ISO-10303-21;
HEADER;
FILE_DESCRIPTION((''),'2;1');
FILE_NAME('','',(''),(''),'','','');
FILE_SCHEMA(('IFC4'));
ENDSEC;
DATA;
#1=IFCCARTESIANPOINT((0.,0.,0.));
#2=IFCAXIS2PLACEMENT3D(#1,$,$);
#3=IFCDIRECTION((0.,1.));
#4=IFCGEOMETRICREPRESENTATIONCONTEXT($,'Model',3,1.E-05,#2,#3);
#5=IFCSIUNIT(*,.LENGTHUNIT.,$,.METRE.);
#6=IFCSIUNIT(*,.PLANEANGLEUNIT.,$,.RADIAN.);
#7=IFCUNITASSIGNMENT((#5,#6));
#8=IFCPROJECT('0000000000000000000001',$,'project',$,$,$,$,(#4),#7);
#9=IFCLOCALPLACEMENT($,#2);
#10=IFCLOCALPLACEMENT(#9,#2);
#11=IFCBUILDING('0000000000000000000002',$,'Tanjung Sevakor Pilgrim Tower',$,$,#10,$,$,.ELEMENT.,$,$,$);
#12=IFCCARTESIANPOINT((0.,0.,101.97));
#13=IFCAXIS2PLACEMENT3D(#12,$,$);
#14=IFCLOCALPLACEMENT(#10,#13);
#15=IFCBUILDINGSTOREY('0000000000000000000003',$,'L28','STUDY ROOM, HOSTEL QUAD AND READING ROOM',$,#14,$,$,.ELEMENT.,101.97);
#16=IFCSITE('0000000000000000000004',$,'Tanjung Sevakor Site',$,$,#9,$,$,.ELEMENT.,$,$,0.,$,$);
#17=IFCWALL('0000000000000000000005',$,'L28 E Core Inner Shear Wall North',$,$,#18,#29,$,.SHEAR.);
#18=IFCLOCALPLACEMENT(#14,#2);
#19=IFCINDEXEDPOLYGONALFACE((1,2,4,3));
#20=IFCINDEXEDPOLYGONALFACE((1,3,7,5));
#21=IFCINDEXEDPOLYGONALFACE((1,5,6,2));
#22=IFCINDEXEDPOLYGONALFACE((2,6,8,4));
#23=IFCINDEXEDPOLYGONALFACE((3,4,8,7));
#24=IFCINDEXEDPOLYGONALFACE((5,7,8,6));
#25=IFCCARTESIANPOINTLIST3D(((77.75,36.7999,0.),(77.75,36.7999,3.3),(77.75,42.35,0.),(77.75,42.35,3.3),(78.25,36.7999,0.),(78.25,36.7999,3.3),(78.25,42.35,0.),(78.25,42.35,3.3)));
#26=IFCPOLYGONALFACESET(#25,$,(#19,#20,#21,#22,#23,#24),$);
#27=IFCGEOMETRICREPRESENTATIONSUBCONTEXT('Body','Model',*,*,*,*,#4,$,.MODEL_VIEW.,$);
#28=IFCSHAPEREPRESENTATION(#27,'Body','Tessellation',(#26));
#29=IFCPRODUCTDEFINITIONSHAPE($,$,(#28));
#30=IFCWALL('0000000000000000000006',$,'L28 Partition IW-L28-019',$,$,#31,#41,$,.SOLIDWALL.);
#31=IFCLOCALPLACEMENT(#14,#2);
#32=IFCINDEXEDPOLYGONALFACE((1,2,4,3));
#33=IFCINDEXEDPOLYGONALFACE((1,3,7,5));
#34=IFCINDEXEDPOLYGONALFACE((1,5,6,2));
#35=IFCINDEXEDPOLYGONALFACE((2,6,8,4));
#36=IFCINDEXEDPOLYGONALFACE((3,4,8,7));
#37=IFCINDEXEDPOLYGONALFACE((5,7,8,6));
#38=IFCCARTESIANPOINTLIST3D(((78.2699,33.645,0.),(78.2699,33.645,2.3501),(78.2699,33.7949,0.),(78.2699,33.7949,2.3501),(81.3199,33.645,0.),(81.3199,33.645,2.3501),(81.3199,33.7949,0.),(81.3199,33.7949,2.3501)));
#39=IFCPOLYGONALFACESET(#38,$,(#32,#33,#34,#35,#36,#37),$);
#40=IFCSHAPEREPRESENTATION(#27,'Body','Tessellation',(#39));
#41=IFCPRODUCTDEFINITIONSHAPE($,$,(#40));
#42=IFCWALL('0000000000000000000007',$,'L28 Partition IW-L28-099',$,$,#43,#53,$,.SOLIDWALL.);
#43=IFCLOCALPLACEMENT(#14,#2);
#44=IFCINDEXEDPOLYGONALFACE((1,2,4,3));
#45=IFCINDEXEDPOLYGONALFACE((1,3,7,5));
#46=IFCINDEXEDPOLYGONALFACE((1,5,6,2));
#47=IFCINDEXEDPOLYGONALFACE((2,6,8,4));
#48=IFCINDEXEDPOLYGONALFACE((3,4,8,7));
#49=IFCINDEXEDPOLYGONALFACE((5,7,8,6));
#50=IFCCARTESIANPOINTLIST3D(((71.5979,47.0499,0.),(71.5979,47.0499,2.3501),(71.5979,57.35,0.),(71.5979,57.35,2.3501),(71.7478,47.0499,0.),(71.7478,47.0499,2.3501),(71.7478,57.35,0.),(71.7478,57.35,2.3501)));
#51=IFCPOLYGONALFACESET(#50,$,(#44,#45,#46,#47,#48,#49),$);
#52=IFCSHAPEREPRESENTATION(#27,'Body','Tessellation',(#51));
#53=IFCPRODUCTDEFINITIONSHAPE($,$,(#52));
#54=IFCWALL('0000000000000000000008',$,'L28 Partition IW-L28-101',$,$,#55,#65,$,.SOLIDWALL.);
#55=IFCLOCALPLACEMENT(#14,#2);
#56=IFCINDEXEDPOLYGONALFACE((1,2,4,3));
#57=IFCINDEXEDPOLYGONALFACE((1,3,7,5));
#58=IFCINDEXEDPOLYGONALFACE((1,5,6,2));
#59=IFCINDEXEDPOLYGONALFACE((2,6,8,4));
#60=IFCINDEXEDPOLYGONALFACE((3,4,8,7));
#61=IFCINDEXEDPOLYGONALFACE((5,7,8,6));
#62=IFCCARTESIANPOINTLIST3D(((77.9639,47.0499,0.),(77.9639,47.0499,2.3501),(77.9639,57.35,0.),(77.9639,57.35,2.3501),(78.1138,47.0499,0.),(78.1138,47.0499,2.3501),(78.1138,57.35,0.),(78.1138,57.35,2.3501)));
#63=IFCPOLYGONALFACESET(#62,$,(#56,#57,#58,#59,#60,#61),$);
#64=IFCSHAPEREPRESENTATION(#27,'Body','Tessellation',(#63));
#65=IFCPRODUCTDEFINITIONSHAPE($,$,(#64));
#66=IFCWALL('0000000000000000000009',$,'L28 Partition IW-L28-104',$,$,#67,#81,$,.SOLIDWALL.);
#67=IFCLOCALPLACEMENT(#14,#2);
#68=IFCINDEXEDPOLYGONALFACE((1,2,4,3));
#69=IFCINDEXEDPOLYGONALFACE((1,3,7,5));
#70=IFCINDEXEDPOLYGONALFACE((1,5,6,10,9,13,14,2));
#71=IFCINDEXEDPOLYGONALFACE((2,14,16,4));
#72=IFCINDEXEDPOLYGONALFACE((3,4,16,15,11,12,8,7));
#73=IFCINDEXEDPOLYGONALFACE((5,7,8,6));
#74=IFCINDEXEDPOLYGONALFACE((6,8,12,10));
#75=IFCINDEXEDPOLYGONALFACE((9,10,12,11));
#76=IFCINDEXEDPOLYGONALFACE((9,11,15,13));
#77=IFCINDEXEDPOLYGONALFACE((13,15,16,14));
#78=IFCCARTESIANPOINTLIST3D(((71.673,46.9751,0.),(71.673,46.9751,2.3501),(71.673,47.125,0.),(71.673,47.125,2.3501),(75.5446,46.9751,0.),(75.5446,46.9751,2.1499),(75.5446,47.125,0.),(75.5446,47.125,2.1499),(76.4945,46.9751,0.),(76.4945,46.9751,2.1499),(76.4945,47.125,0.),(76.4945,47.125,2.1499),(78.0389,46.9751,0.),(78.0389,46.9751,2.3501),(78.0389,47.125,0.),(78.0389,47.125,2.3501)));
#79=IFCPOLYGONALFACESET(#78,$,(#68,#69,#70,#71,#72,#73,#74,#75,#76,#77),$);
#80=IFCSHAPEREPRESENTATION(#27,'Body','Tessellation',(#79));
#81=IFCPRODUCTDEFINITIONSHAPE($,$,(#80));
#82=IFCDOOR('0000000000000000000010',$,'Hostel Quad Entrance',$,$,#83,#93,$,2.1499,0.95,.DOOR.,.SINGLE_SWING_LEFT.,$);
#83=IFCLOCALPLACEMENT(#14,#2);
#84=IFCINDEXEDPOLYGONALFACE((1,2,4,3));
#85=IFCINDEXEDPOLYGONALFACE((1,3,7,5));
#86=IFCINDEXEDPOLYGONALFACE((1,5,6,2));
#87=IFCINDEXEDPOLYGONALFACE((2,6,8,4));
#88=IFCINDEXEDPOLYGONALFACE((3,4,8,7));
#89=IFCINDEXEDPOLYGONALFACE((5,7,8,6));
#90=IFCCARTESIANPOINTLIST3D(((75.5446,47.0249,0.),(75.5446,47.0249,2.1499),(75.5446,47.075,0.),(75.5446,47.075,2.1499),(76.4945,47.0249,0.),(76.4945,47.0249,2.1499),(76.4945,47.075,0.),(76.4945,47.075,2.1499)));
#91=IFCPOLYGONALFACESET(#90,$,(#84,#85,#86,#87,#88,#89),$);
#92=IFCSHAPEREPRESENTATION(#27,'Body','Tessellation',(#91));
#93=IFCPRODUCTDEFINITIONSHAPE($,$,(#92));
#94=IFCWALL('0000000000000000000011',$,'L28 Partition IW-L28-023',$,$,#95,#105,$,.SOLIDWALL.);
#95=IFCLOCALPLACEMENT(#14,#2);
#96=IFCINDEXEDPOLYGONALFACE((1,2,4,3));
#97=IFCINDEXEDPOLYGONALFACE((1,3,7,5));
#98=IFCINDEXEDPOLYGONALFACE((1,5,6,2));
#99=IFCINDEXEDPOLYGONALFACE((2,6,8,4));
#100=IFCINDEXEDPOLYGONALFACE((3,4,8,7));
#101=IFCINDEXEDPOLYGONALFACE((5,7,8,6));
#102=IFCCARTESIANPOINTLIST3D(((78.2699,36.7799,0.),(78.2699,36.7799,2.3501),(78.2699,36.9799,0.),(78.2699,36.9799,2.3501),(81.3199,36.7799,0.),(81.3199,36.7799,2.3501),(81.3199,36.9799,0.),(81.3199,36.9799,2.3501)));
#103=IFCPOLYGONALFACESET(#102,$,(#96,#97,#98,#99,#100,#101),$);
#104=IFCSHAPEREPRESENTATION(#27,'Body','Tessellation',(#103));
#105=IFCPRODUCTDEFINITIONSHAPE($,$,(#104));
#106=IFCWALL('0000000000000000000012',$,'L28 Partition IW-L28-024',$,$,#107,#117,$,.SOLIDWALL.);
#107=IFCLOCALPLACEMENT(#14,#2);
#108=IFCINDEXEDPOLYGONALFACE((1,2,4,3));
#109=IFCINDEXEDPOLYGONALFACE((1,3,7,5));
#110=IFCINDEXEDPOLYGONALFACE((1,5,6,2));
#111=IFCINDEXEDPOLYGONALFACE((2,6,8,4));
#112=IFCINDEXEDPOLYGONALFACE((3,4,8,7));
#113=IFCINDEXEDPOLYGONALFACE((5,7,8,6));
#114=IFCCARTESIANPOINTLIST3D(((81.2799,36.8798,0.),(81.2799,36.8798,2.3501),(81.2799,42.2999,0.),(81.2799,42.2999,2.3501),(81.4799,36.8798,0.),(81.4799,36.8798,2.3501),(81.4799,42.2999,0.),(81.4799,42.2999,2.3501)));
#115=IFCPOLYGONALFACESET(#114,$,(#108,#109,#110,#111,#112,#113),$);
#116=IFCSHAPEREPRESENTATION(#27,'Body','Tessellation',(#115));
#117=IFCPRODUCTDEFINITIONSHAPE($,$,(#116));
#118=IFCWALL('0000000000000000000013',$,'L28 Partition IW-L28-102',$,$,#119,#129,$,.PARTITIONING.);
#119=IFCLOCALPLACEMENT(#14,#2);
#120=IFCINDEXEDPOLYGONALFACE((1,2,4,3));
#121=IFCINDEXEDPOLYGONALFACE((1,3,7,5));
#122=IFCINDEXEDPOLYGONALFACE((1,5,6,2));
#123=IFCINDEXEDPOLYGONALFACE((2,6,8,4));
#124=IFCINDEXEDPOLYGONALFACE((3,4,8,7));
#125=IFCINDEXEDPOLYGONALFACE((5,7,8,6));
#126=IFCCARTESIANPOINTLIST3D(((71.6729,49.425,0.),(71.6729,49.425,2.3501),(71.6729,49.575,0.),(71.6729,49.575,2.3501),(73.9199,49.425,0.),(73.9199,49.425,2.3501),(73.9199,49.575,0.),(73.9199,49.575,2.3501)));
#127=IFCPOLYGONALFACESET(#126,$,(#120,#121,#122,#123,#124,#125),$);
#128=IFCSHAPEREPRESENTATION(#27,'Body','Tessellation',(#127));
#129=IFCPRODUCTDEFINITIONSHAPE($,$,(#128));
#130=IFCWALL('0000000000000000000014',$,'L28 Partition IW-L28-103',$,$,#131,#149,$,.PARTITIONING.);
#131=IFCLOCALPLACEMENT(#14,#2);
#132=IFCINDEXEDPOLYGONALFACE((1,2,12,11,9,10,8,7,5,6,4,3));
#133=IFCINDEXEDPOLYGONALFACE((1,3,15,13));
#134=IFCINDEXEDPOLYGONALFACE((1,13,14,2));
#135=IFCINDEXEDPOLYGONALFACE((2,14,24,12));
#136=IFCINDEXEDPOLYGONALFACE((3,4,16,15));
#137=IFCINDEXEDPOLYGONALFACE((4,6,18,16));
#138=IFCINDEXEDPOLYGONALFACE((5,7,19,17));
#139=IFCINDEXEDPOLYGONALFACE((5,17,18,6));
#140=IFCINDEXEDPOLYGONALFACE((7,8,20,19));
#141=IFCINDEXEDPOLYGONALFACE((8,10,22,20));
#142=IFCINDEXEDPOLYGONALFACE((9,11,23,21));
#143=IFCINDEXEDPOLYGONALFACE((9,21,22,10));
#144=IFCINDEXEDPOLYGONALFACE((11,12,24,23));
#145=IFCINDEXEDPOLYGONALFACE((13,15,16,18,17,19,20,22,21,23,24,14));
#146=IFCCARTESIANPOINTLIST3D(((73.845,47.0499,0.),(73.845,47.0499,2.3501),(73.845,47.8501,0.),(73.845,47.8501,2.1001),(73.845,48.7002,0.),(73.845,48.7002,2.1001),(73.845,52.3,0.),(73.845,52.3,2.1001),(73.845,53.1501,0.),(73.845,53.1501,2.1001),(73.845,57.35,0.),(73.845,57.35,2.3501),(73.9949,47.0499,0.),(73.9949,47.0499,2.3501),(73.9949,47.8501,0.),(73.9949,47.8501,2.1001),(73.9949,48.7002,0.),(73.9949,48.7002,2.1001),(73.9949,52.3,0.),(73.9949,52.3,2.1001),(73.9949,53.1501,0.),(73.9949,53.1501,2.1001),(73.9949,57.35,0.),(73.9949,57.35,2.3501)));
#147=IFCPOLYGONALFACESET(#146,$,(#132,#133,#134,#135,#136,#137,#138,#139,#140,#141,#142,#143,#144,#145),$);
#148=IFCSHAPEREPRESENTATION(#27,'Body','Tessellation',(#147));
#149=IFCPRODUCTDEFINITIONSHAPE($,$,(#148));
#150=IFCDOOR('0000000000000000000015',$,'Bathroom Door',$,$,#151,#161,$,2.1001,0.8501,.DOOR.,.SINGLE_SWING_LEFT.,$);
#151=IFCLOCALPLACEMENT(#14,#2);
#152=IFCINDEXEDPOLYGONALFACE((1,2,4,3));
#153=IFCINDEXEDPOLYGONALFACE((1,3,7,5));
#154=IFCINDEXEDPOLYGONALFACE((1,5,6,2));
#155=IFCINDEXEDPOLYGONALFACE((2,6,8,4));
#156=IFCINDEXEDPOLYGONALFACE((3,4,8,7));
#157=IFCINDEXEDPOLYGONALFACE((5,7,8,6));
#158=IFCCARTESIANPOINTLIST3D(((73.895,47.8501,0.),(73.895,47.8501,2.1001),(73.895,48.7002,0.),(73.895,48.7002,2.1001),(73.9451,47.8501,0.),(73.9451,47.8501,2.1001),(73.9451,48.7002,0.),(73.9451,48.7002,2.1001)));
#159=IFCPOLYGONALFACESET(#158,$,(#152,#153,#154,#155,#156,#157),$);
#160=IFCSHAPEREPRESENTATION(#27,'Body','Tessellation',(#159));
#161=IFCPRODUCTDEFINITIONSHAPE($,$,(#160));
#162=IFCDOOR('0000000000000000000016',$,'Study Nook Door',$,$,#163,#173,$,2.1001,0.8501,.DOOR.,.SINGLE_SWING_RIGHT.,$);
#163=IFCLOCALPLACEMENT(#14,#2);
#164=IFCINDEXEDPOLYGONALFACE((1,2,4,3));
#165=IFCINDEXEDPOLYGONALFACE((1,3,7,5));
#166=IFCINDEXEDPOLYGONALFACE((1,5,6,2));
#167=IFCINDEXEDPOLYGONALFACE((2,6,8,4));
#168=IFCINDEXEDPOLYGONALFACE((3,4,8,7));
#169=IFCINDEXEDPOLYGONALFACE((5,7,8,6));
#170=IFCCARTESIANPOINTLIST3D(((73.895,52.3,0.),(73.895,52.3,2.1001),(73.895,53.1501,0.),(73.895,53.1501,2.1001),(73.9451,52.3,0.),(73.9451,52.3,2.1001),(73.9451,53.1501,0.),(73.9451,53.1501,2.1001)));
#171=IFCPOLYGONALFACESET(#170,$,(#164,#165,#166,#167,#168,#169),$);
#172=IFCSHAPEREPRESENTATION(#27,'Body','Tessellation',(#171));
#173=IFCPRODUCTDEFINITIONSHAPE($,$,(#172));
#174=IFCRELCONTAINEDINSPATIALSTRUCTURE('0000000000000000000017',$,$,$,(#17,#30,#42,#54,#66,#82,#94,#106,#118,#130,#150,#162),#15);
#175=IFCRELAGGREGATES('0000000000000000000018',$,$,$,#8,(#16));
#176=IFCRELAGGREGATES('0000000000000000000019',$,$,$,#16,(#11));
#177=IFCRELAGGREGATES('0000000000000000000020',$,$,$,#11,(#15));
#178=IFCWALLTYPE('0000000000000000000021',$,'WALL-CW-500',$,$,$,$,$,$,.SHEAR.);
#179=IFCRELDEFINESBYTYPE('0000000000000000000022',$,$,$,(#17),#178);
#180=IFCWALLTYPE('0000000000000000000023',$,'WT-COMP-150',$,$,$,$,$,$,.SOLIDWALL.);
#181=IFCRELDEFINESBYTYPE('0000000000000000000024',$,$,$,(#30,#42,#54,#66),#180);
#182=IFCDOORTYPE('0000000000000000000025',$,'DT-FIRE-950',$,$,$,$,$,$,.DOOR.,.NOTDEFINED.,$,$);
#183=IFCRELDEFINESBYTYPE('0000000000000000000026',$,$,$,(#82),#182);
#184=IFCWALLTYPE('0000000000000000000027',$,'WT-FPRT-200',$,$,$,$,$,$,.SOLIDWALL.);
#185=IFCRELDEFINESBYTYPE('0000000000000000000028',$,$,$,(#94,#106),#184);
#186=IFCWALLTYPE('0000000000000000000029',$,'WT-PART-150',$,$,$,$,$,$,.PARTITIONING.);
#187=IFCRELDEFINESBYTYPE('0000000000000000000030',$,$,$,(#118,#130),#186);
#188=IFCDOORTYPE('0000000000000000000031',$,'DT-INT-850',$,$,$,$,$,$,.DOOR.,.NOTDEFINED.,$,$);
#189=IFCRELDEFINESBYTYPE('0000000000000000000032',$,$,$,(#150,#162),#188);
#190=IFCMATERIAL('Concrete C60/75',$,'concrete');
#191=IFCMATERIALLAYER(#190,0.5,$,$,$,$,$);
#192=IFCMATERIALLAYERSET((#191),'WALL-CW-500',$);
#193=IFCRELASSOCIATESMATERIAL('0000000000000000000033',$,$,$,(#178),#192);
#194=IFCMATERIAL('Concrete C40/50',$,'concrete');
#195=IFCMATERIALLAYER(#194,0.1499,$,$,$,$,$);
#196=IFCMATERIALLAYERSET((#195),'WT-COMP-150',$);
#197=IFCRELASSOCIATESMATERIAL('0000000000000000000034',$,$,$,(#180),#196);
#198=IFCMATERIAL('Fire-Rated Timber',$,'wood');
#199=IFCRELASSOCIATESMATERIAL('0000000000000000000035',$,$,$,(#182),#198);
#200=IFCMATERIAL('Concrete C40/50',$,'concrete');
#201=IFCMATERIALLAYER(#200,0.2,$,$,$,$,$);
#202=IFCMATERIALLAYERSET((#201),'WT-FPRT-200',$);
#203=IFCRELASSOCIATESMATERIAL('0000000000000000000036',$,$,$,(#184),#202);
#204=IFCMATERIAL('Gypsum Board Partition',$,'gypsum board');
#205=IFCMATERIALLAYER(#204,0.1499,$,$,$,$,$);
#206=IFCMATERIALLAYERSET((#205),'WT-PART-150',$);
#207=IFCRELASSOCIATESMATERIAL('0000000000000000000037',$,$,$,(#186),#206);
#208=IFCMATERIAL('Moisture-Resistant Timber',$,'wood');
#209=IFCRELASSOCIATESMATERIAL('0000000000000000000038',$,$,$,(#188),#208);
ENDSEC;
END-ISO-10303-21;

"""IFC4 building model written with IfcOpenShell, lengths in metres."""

from ifc_helpers import new_model, si_unit, direction, frame, frame_2d, origin, place, context, subcontext, project, spatial, rectangle, extrude, material, layer, layer_set, type_object, element, fill, save


model = new_model("IFC4")

# Units and contexts
model_context = context("Model", 3, precision=1e-05, world=origin(), true_north=direction((0.0, 1.0)))
body_context = subcontext(model_context, "Body", "Model", "MODEL_VIEW")
ifc_project = project(units=[si_unit("LENGTHUNIT", "METRE"), si_unit("PLANEANGLEUNIT", "RADIAN")], contexts=[model_context])

# Site, building, storey
site_placement = place(None, origin())
site = spatial("IfcSite", under=ifc_project, at=site_placement, Name="Tanjung Sevakor Site", CompositionType="ELEMENT", RefElevation=0.0)
building_placement = place(site_placement, origin())
building = spatial("IfcBuilding", under=site, at=building_placement, Name="Tanjung Sevakor Pilgrim Tower", CompositionType="ELEMENT")
storey_placement = place(building_placement, frame((0.0, 0.0, 101.97)))
storey = spatial("IfcBuildingStorey", under=building, at=storey_placement, Name="L28", Description="STUDY ROOM, HOSTEL QUAD AND READING ROOM", CompositionType="ELEMENT", Elevation=101.97)

# Walls
ifc_material_1 = material(Name="Concrete C60/75", Category="concrete")
ifc_layer_1 = layer(ifc_material_1, 0.5)
ifc_layer_set_1 = layer_set([ifc_layer_1], Name="WALL-CW-500")
wall_type_1 = type_object("IfcWallType", Name="WALL-CW-500", PredefinedType="SHEAR", material=ifc_layer_set_1)
wall_1_placement = place(storey_placement, frame((78.0, 36.8, 0.0), z_axis=(0.0, 0.0, 1.0), x_axis=(0.0, 1.0, 0.0)))
element("IfcWall", 1, at=wall_1_placement, inside=storey, type_object=wall_type_1, Name="L28 E Core Inner Shear Wall North", PredefinedType="SHEAR", context=body_context, shape_type="SweptSolid", body=[
    extrude(rectangle(XDim=5.55, YDim=0.5, at=frame_2d((2.7749, 0.0))), origin(), (0.0, 0.0, 1.0), 3.3),
])
ifc_material_2 = material(Name="Concrete C40/50", Category="concrete")
ifc_layer_2 = layer(ifc_material_2, 0.1499)
ifc_layer_set_2 = layer_set([ifc_layer_2], Name="WT-COMP-150")
wall_type_2 = type_object("IfcWallType", Name="WT-COMP-150", PredefinedType="SOLIDWALL", material=ifc_layer_set_2)
wall_2_placement = place(storey_placement, frame((78.27, 33.72, 0.0), z_axis=(0.0, 0.0, 1.0), x_axis=(1.0, 0.0, 0.0)))
element("IfcWall", 2, at=wall_2_placement, inside=storey, type_object=wall_type_2, Name="L28 Partition IW-L28-019", PredefinedType="SOLIDWALL", context=body_context, shape_type="SweptSolid", body=[
    extrude(rectangle(XDim=3.05, YDim=0.1499, at=frame_2d((1.5249, 0.0))), origin(), (0.0, 0.0, 1.0), 2.3501),
])
for number, where, z_axis, x_axis, name in (
    (3, (71.6729, 47.05, 0.0), (0.0, 0.0, 1.0), (0.0, 1.0, 0.0), "L28 Partition IW-L28-099"),
    (4, (78.0388, 47.05, 0.0), (0.0, 0.0, 1.0), (0.0, 1.0, 0.0), "L28 Partition IW-L28-101"),
):
    element("IfcWall", number, at=place(storey_placement, frame(where, z_axis=z_axis, x_axis=x_axis)), inside=storey, type_object=wall_type_2, Name=name, PredefinedType="SOLIDWALL", context=body_context, shape_type="SweptSolid", body=[
        extrude(rectangle(XDim=10.3, YDim=0.1499, at=frame_2d((5.1499, 0.0))), origin(), (0.0, 0.0, 1.0), 2.3501),
    ])

# Wall, opening, door
wall_3_placement = place(storey_placement, frame((71.6729, 47.05, 0.0), z_axis=(0.0, 0.0, 1.0), x_axis=(1.0, 0.0, 0.0)))
wall_3 = element("IfcWall", 5, at=wall_3_placement, inside=storey, type_object=wall_type_2, Name="L28 Partition IW-L28-104", PredefinedType="SOLIDWALL", context=body_context, shape_type="SweptSolid", body=[
    extrude(rectangle(XDim=6.366, YDim=0.1499, at=frame_2d((3.1831, 0.0))), origin(), (0.0, 0.0, 1.0), 2.3501),
])
opening_1_placement = place(wall_3_placement, frame((3.8716, 0.0, 0.0)))
opening_1 = element("IfcOpeningElement", 6, at=opening_1_placement, cuts=wall_3, PredefinedType="OPENING", context=body_context, shape_type="SweptSolid", body=[
    extrude(rectangle(XDim=0.95, YDim=2.1499, at=frame_2d((0.4751, 1.075))), frame((0.0, 0.085, 0.0), z_axis=(0.0, -1.0, 0.0), x_axis=(1.0, 0.0, 0.0)), (0.0, 0.0, 1.0), 0.1699),
])
ifc_material_3 = material(Name="Fire-Rated Timber", Category="wood")
door_type_1 = type_object("IfcDoorType", Name="DT-FIRE-950", OperationType="NOTDEFINED", PredefinedType="DOOR", material=ifc_material_3)
door_1_placement = place(opening_1_placement, origin())
door_1 = element("IfcDoor", 7, at=door_1_placement, inside=storey, type_object=door_type_1, Name="Hostel Quad Entrance", OperationType="SINGLE_SWING_LEFT", OverallHeight=2.1499, OverallWidth=0.95, PredefinedType="DOOR", context=body_context, shape_type="SweptSolid", body=[
    extrude(rectangle(XDim=0.95, YDim=2.1499, at=frame_2d((0.4751, 1.075))), frame((0.0, 0.0249, 0.0), z_axis=(0.0, -1.0, 0.0), x_axis=(1.0, 0.0, 0.0)), (0.0, 0.0, 1.0), 0.05),
])
fill(opening_1, door_1)

# Walls
ifc_material_4 = material(Name="Concrete C40/50", Category="concrete")
ifc_layer_3 = layer(ifc_material_4, 0.2)
ifc_layer_set_3 = layer_set([ifc_layer_3], Name="WT-FPRT-200")
wall_type_3 = type_object("IfcWallType", Name="WT-FPRT-200", PredefinedType="SOLIDWALL", material=ifc_layer_set_3)
wall_4_placement = place(storey_placement, frame((78.27, 36.8799, 0.0), z_axis=(0.0, 0.0, 1.0), x_axis=(1.0, 0.0, 0.0)))
element("IfcWall", 8, at=wall_4_placement, inside=storey, type_object=wall_type_3, Name="L28 Partition IW-L28-023", PredefinedType="SOLIDWALL", context=body_context, shape_type="SweptSolid", body=[
    extrude(rectangle(XDim=3.05, YDim=0.2, at=frame_2d((1.5249, 0.0))), origin(), (0.0, 0.0, 1.0), 2.3501),
])
wall_5_placement = place(storey_placement, frame((81.3799, 36.8799, 0.0), z_axis=(0.0, 0.0, 1.0), x_axis=(0.0, 1.0, 0.0)))
element("IfcWall", 9, at=wall_5_placement, inside=storey, type_object=wall_type_3, Name="L28 Partition IW-L28-024", PredefinedType="SOLIDWALL", context=body_context, shape_type="SweptSolid", body=[
    extrude(rectangle(XDim=5.4202, YDim=0.2, at=frame_2d((2.71, 0.0))), origin(), (0.0, 0.0, 1.0), 2.3501),
])
ifc_material_5 = material(Name="Gypsum Board Partition", Category="gypsum board")
ifc_layer_4 = layer(ifc_material_5, 0.1499)
ifc_layer_set_4 = layer_set([ifc_layer_4], Name="WT-PART-150")
wall_type_4 = type_object("IfcWallType", Name="WT-PART-150", PredefinedType="PARTITIONING", material=ifc_layer_set_4)
wall_6_placement = place(storey_placement, frame((71.6729, 49.5, 0.0), z_axis=(0.0, 0.0, 1.0), x_axis=(1.0, 0.0, 0.0)))
element("IfcWall", 10, at=wall_6_placement, inside=storey, type_object=wall_type_4, Name="L28 Partition IW-L28-102", PredefinedType="PARTITIONING", context=body_context, shape_type="SweptSolid", body=[
    extrude(rectangle(XDim=2.2471, YDim=0.1499, at=frame_2d((1.1235, 0.0))), origin(), (0.0, 0.0, 1.0), 2.3501),
])

# Wall, openings, doors
wall_7_placement = place(storey_placement, frame((73.9199, 47.05, 0.0), z_axis=(0.0, 0.0, 1.0), x_axis=(0.0, 1.0, 0.0)))
wall_7 = element("IfcWall", 11, at=wall_7_placement, inside=storey, type_object=wall_type_4, Name="L28 Partition IW-L28-103", PredefinedType="PARTITIONING", context=body_context, shape_type="SweptSolid", body=[
    extrude(rectangle(XDim=10.3, YDim=0.1499, at=frame_2d((5.1499, 0.0))), origin(), (0.0, 0.0, 1.0), 2.3501),
])
opening_2_placement = place(wall_7_placement, frame((0.8, 0.0, 0.0)))
opening_2 = element("IfcOpeningElement", 12, at=opening_2_placement, cuts=wall_7, PredefinedType="OPENING", context=body_context, shape_type="SweptSolid", body=[
    extrude(rectangle(XDim=0.8501, YDim=2.1001, at=frame_2d((0.425, 1.05))), frame((0.0, 0.085, 0.0), z_axis=(0.0, -1.0, 0.0), x_axis=(1.0, 0.0, 0.0)), (0.0, 0.0, 1.0), 0.1699),
])
opening_3_placement = place(wall_7_placement, frame((5.25, 0.0, 0.0)))
opening_3 = element("IfcOpeningElement", 13, at=opening_3_placement, cuts=wall_7, PredefinedType="OPENING", context=body_context, shape_type="SweptSolid", body=[
    extrude(rectangle(XDim=0.8501, YDim=2.1001, at=frame_2d((0.425, 1.05))), frame((0.0, 0.085, 0.0), z_axis=(0.0, -1.0, 0.0), x_axis=(1.0, 0.0, 0.0)), (0.0, 0.0, 1.0), 0.1699),
])
ifc_material_6 = material(Name="Moisture-Resistant Timber", Category="wood")
door_type_2 = type_object("IfcDoorType", Name="DT-INT-850", OperationType="NOTDEFINED", PredefinedType="DOOR", material=ifc_material_6)
door_2_placement = place(opening_2_placement, origin())
door_2 = element("IfcDoor", 14, at=door_2_placement, inside=storey, type_object=door_type_2, Name="Bathroom Door", OperationType="SINGLE_SWING_LEFT", OverallHeight=2.1001, OverallWidth=0.8501, PredefinedType="DOOR", context=body_context, shape_type="SweptSolid", body=[
    extrude(rectangle(XDim=0.8501, YDim=2.1001, at=frame_2d((0.425, 1.05))), frame((0.0, 0.0249, 0.0), z_axis=(0.0, -1.0, 0.0), x_axis=(1.0, 0.0, 0.0)), (0.0, 0.0, 1.0), 0.05),
])
fill(opening_2, door_2)
door_3_placement = place(opening_3_placement, origin())
door_3 = element("IfcDoor", 15, at=door_3_placement, inside=storey, type_object=door_type_2, Name="Study Nook Door", OperationType="SINGLE_SWING_RIGHT", OverallHeight=2.1001, OverallWidth=0.8501, PredefinedType="DOOR", context=body_context, shape_type="SweptSolid", body=[
    extrude(rectangle(XDim=0.8501, YDim=2.1001, at=frame_2d((0.425, 1.05))), frame((0.0, 0.0249, 0.0), z_axis=(0.0, -1.0, 0.0), x_axis=(1.0, 0.0, 0.0)), (0.0, 0.0, 1.0), 0.05),
])
fill(opening_3, door_3)

save(model, "model.ifc")
